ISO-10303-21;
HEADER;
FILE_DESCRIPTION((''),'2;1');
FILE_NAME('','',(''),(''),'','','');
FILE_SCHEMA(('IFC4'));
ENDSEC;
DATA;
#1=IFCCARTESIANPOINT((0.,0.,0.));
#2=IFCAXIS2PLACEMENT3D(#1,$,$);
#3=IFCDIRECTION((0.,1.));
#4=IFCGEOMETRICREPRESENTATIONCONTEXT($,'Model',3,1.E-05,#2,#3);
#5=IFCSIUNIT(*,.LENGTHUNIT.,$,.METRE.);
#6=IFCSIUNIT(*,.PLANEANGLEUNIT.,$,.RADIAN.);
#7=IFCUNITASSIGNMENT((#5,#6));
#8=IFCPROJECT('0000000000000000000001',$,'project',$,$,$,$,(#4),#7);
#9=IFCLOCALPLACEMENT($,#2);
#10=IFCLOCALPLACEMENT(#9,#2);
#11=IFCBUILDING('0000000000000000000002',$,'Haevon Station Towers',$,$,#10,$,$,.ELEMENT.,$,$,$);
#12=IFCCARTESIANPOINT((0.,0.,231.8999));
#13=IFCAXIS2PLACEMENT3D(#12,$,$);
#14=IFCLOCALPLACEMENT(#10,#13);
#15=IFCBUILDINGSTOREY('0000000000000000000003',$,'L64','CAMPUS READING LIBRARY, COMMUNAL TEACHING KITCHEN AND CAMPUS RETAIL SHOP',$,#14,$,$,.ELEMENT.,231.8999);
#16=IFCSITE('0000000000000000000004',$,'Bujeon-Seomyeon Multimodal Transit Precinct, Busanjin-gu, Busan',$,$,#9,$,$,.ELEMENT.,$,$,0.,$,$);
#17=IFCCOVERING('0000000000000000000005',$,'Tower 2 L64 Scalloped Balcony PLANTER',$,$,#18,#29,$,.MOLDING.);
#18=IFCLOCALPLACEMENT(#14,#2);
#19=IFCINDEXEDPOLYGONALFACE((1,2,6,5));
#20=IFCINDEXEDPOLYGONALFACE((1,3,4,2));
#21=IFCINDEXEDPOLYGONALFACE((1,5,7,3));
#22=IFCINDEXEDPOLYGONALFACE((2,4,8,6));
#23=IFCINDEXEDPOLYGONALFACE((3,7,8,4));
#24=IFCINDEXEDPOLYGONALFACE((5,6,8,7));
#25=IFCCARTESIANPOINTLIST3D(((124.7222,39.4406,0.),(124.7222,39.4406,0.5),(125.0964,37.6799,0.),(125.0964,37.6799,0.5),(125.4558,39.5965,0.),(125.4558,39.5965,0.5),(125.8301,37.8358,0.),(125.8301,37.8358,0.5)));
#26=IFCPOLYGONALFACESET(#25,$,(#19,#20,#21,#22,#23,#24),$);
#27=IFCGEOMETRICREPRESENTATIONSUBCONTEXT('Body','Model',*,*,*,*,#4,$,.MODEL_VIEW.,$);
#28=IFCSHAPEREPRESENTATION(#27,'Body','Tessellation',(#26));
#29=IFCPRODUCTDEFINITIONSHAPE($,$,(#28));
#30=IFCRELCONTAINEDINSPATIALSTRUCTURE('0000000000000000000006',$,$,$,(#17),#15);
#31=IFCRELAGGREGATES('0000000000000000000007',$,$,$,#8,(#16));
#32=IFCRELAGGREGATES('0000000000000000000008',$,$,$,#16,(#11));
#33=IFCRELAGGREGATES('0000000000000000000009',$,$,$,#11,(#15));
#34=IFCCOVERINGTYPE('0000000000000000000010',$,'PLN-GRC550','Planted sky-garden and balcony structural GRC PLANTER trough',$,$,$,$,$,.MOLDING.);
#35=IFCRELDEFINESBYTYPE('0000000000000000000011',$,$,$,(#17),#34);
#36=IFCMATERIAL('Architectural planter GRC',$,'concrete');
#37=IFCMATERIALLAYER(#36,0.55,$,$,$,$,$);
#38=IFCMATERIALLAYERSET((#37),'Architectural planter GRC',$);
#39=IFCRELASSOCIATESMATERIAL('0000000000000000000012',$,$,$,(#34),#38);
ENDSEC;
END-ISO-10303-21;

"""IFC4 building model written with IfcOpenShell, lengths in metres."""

from ifc_helpers import new_model, si_unit, direction, frame, origin, origin_2d, place, context, subcontext, project, spatial, rectangle, extrude, material, layer, layer_set, type_object, element, save


model = new_model("IFC4")

# Units and contexts
model_context = context("Model", 3, precision=1e-05, world=origin(), true_north=direction((0.0, 1.0)))
body_context = subcontext(model_context, "Body", "Model", "MODEL_VIEW")
ifc_project = project(units=[si_unit("LENGTHUNIT", "METRE"), si_unit("PLANEANGLEUNIT", "RADIAN")], contexts=[model_context])

# Site, building, storey
site_placement = place(None, origin())
site = spatial("IfcSite", under=ifc_project, at=site_placement, Name="Bujeon-Seomyeon Multimodal Transit Precinct, Busanjin-gu, Busan", CompositionType="ELEMENT", RefElevation=0.0)
building_placement = place(site_placement, origin())
building = spatial("IfcBuilding", under=site, at=building_placement, Name="Haevon Station Towers", CompositionType="ELEMENT")
storey_placement = place(building_placement, frame((0.0, 0.0, 231.8999)))
storey = spatial("IfcBuildingStorey", under=building, at=storey_placement, Name="L64", Description="CAMPUS READING LIBRARY, COMMUNAL TEACHING KITCHEN AND CAMPUS RETAIL SHOP", CompositionType="ELEMENT", Elevation=231.8999)

# Covering
ifc_material_1 = material(Name="Architectural planter GRC", Category="concrete")
ifc_layer_1 = layer(ifc_material_1, 0.55)
ifc_layer_set_1 = layer_set([ifc_layer_1], Name="Architectural planter GRC")
covering_type = type_object("IfcCoveringType", Name="PLN-GRC550", Description="Planted sky-garden and balcony structural GRC PLANTER trough", PredefinedType="MOLDING", material=ifc_layer_set_1)
covering_placement = place(storey_placement, frame((125.2761, 38.6382, 0.0), z_axis=(0.0, 0.0, 1.0), x_axis=(0.978148, 0.207912, 0.0)))
element("IfcCovering", 1, at=covering_placement, inside=storey, type_object=covering_type, Name="Tower 2 L64 Scalloped Balcony PLANTER", PredefinedType="MOLDING", context=body_context, shape_type="SweptSolid", body=[
    extrude(rectangle(XDim=0.75, YDim=1.8, at=origin_2d()), origin(), (0.0, 0.0, 1.0), 0.5),
])

save(model, "model.ifc")
